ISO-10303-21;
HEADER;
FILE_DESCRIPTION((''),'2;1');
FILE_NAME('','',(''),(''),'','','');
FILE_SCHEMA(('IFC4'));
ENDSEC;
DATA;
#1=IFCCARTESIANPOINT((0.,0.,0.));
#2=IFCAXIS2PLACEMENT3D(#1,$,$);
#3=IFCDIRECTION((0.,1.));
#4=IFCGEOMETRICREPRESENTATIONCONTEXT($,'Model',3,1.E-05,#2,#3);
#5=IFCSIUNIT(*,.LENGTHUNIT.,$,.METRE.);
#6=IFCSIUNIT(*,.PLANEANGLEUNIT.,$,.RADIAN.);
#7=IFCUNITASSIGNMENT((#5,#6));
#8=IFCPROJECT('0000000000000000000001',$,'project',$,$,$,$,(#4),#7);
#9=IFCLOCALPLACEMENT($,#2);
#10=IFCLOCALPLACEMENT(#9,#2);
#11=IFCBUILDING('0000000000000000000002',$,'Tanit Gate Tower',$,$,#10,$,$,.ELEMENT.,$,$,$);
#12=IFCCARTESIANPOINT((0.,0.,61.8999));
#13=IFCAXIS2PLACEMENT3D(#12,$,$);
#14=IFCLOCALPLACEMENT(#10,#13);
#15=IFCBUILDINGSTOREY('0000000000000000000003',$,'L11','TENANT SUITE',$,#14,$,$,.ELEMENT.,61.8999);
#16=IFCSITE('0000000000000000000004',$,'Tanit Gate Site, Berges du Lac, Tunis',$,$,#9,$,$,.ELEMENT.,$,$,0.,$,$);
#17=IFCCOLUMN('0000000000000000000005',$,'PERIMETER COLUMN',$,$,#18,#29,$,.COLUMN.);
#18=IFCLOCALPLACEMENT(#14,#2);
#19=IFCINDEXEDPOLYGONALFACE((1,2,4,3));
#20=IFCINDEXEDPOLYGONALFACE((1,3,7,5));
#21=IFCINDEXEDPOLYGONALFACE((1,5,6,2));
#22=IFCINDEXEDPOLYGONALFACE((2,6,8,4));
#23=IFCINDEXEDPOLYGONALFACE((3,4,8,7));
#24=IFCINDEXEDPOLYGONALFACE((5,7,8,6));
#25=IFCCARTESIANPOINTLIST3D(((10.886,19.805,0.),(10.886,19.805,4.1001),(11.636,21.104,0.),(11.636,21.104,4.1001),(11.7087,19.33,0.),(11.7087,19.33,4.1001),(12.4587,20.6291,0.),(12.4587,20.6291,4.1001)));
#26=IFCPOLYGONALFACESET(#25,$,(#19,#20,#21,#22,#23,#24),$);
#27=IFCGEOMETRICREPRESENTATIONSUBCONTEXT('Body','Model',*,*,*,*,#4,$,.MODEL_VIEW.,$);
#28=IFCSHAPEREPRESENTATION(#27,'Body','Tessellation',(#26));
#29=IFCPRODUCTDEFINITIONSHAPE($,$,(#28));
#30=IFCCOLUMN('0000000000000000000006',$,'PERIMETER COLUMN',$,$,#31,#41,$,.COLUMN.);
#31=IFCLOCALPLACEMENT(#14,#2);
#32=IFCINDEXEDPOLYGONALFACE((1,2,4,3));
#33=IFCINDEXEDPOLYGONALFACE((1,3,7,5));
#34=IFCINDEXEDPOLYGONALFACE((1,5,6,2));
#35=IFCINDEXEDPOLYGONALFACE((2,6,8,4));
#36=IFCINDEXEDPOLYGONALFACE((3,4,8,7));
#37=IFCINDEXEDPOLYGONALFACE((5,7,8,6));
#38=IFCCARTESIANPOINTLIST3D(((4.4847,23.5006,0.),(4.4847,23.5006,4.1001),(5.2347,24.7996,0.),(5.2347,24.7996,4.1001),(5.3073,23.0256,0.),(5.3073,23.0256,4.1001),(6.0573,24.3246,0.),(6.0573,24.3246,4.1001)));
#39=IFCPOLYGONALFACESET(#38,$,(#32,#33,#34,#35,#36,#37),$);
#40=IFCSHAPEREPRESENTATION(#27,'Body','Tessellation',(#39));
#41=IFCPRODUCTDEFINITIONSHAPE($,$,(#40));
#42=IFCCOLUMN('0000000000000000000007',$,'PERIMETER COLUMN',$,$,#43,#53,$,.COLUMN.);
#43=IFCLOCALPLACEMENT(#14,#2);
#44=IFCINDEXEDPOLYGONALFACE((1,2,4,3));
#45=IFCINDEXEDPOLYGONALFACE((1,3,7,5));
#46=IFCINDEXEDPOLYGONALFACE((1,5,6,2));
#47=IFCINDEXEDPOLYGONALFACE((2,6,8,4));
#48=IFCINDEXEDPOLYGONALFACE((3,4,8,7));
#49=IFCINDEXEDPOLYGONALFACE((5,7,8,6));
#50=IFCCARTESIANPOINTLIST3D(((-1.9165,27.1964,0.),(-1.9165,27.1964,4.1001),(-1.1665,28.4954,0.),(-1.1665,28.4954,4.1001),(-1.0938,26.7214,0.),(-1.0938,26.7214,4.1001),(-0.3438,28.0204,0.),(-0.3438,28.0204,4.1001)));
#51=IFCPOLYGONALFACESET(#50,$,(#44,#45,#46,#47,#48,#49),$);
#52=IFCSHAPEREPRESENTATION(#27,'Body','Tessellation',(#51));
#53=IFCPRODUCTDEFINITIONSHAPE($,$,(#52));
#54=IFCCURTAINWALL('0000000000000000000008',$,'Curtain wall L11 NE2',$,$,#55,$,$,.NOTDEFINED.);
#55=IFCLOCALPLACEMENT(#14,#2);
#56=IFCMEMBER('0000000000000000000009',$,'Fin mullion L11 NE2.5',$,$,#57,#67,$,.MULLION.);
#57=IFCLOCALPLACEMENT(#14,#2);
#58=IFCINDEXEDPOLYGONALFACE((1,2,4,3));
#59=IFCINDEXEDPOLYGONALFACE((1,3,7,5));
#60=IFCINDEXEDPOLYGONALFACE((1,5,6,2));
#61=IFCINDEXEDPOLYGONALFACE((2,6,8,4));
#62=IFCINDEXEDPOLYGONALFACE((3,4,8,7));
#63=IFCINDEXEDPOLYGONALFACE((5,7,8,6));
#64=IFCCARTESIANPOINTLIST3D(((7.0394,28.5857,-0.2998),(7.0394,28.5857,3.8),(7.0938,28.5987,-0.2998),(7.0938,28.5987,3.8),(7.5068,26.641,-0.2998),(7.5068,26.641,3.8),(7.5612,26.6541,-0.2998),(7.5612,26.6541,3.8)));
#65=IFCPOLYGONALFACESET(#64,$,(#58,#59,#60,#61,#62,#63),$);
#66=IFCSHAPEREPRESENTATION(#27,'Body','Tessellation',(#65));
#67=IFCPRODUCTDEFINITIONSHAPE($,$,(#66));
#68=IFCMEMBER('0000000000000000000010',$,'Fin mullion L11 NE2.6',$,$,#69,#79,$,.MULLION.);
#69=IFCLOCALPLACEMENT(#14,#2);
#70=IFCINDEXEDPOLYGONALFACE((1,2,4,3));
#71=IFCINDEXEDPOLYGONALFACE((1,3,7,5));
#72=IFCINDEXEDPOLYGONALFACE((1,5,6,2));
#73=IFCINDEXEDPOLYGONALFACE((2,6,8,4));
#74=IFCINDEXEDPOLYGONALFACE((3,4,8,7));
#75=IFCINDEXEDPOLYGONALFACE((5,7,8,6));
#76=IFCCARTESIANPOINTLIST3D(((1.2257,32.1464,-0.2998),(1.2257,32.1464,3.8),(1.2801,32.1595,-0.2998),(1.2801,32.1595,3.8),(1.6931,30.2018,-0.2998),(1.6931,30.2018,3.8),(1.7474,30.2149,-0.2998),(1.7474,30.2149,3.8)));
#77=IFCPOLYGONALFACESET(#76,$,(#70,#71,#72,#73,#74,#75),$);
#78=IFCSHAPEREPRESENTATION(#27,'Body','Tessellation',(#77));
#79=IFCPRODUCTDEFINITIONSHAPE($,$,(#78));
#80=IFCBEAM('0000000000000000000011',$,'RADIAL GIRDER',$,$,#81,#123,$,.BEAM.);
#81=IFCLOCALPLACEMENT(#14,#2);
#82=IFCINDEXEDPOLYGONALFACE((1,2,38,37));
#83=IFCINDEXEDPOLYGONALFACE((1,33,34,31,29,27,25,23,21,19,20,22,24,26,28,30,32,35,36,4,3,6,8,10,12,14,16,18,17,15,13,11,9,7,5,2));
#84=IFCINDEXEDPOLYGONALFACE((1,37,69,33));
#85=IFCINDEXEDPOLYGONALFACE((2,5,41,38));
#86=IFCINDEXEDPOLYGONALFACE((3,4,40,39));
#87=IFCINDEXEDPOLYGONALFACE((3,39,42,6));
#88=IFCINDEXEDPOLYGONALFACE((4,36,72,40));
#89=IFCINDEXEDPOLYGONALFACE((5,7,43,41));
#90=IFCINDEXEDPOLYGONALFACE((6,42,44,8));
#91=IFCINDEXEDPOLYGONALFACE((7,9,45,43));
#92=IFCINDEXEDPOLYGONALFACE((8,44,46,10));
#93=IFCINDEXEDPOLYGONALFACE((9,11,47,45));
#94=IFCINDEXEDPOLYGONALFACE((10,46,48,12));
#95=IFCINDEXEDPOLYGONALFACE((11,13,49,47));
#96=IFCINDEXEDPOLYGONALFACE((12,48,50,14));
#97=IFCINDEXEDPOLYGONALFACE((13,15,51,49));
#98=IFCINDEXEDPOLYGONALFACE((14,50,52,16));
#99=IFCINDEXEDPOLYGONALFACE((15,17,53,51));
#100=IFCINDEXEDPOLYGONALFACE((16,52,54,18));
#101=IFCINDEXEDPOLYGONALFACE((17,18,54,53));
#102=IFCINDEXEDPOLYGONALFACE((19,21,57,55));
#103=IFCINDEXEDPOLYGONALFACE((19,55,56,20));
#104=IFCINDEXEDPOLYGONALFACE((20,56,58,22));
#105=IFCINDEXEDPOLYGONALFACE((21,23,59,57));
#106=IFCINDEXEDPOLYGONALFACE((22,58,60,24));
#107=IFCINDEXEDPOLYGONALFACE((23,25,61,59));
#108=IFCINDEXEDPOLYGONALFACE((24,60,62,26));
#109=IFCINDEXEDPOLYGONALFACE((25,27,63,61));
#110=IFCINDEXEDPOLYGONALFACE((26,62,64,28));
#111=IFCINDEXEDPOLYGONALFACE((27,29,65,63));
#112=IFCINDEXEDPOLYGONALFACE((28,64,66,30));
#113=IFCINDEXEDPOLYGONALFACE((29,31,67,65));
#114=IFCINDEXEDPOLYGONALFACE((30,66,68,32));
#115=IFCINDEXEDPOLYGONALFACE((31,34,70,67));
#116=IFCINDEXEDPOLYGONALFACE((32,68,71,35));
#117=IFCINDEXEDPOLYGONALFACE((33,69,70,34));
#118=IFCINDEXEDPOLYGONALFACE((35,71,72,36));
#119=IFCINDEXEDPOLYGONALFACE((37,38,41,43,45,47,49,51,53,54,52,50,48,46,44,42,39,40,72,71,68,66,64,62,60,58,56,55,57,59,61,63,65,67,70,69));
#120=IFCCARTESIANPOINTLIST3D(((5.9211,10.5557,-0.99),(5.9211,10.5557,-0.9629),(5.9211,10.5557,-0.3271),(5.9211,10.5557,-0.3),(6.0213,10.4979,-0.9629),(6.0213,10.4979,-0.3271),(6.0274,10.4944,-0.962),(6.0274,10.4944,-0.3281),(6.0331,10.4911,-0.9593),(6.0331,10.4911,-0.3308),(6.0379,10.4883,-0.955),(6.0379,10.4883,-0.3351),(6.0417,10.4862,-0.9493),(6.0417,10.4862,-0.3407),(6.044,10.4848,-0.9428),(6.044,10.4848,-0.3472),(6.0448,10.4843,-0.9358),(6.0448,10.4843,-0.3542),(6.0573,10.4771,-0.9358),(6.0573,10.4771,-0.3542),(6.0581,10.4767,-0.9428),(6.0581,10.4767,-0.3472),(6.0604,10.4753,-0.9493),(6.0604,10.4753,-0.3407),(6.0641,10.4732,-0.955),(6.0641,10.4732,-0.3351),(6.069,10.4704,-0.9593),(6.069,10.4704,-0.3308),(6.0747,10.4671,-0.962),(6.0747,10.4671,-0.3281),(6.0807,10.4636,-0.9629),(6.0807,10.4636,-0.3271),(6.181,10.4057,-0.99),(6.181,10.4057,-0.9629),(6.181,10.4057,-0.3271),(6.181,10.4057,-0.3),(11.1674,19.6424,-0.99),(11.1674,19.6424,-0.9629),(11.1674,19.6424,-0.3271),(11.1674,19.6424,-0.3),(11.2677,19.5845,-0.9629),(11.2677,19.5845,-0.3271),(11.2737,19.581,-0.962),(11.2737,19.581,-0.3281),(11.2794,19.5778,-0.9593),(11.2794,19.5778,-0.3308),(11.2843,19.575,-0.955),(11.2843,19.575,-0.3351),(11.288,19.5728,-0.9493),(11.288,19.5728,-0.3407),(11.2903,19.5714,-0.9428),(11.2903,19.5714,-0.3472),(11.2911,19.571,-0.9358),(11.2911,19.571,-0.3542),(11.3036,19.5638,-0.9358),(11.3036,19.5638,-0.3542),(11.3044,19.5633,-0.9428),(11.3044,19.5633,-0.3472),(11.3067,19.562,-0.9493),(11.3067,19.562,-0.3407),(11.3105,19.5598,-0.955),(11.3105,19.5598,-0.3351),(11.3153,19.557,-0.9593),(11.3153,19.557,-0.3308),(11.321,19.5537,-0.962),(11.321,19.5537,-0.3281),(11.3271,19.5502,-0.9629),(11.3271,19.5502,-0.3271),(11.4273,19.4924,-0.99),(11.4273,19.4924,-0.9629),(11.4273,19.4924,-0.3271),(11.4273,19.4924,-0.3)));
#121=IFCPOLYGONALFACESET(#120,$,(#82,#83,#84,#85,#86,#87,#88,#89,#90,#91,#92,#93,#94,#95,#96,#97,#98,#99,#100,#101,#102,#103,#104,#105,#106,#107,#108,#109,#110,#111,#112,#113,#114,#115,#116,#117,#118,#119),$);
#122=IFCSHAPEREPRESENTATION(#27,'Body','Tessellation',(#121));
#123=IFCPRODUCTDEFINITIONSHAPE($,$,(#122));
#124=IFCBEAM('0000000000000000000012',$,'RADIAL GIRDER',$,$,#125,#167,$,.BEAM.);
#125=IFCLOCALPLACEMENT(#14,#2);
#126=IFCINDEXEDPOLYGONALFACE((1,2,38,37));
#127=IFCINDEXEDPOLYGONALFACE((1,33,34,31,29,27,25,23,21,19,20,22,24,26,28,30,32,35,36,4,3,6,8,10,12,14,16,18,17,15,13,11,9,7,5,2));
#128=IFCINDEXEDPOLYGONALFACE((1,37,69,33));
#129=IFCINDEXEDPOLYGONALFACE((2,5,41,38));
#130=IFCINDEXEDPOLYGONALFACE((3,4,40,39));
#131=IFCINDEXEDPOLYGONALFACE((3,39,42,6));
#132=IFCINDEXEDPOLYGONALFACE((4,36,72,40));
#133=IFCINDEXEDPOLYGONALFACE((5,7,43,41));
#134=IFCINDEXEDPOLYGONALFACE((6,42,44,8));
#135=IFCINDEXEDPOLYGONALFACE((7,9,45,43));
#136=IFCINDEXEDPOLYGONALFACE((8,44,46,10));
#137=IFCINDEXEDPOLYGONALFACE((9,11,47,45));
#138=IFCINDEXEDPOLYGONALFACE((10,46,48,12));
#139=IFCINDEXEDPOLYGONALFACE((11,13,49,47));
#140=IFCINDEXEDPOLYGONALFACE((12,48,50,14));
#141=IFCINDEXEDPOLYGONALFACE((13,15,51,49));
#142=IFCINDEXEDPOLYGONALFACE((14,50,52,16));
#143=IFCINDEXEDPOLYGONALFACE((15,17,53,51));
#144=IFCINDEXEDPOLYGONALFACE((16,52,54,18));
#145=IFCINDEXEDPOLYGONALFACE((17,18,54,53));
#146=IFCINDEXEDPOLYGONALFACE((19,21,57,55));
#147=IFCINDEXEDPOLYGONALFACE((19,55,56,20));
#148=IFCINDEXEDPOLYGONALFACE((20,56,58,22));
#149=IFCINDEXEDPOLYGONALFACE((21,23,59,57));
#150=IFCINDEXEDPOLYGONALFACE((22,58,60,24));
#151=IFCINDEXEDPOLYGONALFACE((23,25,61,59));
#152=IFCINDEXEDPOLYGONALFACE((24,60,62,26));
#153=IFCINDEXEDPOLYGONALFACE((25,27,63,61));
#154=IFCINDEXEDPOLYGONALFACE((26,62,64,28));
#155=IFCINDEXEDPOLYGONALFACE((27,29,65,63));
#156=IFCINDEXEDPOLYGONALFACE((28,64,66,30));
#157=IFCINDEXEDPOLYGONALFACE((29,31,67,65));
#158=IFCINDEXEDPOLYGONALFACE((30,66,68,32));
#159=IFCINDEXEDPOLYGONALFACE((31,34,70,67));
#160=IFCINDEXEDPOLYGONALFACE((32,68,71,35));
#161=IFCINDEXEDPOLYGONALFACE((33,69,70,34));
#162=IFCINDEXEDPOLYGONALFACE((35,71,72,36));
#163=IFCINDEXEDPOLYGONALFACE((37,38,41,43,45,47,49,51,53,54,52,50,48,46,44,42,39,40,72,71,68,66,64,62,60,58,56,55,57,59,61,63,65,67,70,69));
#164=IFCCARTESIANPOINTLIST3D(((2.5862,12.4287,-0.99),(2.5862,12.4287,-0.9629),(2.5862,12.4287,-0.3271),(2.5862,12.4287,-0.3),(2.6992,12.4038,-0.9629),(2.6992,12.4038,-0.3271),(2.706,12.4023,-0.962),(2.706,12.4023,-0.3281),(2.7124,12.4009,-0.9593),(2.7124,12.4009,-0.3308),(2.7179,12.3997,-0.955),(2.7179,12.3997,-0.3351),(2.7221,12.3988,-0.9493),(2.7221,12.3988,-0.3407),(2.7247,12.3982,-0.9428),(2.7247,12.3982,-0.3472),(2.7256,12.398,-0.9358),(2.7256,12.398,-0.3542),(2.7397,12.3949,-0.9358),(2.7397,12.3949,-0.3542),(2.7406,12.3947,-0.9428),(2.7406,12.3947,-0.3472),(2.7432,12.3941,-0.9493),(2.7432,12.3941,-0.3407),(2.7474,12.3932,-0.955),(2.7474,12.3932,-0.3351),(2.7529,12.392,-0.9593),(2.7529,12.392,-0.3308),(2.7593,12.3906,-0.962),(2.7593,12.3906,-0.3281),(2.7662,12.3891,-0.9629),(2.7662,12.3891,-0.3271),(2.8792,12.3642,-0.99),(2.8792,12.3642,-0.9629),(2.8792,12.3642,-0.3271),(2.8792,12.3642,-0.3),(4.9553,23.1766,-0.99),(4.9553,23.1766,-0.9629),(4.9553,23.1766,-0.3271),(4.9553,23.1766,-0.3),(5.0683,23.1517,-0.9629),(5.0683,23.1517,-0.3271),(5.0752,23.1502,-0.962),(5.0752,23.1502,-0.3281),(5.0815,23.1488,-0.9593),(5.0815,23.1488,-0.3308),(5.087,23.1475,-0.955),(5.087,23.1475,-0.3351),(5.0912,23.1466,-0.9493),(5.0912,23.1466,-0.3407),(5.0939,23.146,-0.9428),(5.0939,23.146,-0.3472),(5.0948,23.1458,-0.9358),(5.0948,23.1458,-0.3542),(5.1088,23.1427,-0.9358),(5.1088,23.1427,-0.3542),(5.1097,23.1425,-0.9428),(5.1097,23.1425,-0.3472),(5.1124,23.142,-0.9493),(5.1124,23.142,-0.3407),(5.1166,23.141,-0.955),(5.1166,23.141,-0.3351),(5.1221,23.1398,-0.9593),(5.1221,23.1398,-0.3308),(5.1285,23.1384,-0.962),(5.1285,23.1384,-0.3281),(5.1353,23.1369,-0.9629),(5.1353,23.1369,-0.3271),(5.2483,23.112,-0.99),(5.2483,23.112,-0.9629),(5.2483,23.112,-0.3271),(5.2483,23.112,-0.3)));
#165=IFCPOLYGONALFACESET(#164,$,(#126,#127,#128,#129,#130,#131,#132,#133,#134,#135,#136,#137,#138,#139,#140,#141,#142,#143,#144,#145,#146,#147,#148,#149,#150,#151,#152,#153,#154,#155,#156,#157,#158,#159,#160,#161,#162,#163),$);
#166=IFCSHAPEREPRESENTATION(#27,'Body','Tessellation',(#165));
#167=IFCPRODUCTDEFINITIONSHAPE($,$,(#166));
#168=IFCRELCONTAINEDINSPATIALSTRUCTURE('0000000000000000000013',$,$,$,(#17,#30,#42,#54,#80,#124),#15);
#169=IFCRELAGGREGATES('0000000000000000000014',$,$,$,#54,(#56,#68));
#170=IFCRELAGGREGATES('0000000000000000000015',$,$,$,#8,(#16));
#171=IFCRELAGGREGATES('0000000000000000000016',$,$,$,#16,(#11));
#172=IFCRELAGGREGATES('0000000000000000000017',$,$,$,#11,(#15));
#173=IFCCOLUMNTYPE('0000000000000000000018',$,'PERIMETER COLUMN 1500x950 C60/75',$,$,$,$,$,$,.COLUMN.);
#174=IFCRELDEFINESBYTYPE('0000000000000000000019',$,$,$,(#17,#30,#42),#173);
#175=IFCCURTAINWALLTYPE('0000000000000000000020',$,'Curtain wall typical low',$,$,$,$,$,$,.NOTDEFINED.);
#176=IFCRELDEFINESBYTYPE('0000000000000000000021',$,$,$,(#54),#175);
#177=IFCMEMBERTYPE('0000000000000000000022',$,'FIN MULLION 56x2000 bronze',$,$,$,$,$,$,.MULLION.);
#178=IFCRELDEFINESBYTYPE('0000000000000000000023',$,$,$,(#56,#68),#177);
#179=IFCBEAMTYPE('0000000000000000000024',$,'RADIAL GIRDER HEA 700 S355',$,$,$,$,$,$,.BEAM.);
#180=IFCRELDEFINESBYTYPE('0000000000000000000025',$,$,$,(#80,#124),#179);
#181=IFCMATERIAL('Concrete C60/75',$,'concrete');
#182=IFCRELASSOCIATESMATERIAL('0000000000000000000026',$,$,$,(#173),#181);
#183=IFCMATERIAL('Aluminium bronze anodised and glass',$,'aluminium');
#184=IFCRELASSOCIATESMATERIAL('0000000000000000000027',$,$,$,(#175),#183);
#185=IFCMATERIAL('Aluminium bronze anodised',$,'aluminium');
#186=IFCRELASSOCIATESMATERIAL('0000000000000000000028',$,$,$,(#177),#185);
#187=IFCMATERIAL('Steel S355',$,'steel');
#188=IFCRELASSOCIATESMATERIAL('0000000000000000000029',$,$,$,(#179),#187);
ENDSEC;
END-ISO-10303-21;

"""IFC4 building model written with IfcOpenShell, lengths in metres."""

from ifc_helpers import new_model, si_unit, direction, frame, origin, origin_2d, place, context, subcontext, project, spatial, rectangle, i_section, extrude, material, material_profile, profile_set, type_object, element, aggregate, save


model = new_model("IFC4")

# Units and contexts
model_context = context("Model", 3, precision=1e-05, world=origin(), true_north=direction((0.0, 1.0)))
body_context = subcontext(model_context, "Body", "Model", "MODEL_VIEW")
ifc_project = project(units=[si_unit("LENGTHUNIT", "METRE"), si_unit("PLANEANGLEUNIT", "RADIAN")], contexts=[model_context])

# Site, building, storey
site_placement = place(None, origin())
site = spatial("IfcSite", under=ifc_project, at=site_placement, Name="Tanit Gate Site, Berges du Lac, Tunis", CompositionType="ELEMENT", RefElevation=0.0)
building_placement = place(site_placement, origin())
building = spatial("IfcBuilding", under=site, at=building_placement, Name="Tanit Gate Tower", CompositionType="ELEMENT")
storey_placement = place(building_placement, frame((0.0, 0.0, 61.8999)))
storey = spatial("IfcBuildingStorey", under=building, at=storey_placement, Name="L11", Description="TENANT SUITE", CompositionType="ELEMENT", Elevation=61.8999)

# Columns
ifc_material_1 = material(Name="Concrete C60/75", Category="concrete")
ifc_material_profile_1 = material_profile(ifc_material_1, rectangle(XDim=1.5, YDim=0.95, at=origin_2d()), Name="RC 1500x950")
ifc_profile_set_1 = profile_set([ifc_material_profile_1], Name="Concrete C60/75")
column_type = type_object("IfcColumnType", Name="PERIMETER COLUMN 1500x950 C60/75", PredefinedType="COLUMN", material=ifc_profile_set_1)
for number, where, z_axis, x_axis, name in (
    (1, (11.6724, 20.217, 0.0), (0.0, 0.0, 1.0), (0.5, 0.866025, 0.0), "PERIMETER COLUMN"),
    (2, (5.271, 23.9126, 0.0), (0.0, 0.0, 1.0), (0.5, 0.866025, 0.0), "PERIMETER COLUMN"),
    (3, (-1.1301, 27.6084, 0.0), (0.0, 0.0, 1.0), (0.5, 0.866025, 0.0), "PERIMETER COLUMN"),
):
    element("IfcColumn", number, at=place(storey_placement, frame(where, z_axis=z_axis, x_axis=x_axis)), inside=storey, type_object=column_type, Name=name, PredefinedType="COLUMN", context=body_context, shape_type="SweptSolid", body=[
        extrude(rectangle(XDim=1.5, YDim=0.95, at=origin_2d()), origin(), (0.0, 0.0, 1.0), 4.1001),
    ])

# Curtain wall, members
ifc_material_2 = material(Name="Aluminium bronze anodised and glass", Category="aluminium")
curtain_wall_type = type_object("IfcCurtainWallType", Name="Curtain wall typical low", PredefinedType="NOTDEFINED", material=ifc_material_2)
curtain_wall_placement = place(storey_placement, origin())
curtain_wall = element("IfcCurtainWall", 4, at=curtain_wall_placement, inside=storey, type_object=curtain_wall_type, Name="Curtain wall L11 NE2", PredefinedType="NOTDEFINED")
ifc_material_3 = material(Name="Aluminium bronze anodised", Category="aluminium")
ifc_material_profile_2 = material_profile(ifc_material_3, rectangle(XDim=2.0, YDim=0.0559, at=origin_2d()), Name="56x2000 bronze fin mullion")
ifc_profile_set_2 = profile_set([ifc_material_profile_2], Name="Aluminium bronze anodised")
member_type_1 = type_object("IfcMemberType", Name="FIN MULLION 56x2000 bronze", PredefinedType="MULLION", material=ifc_profile_set_2)
member_1_placement = place(storey_placement, frame((7.3003, 27.6199, -0.2998), z_axis=(0.0, 0.0, 1.0), x_axis=(0.233691, -0.972311, 0.0)))
member_1 = element("IfcMember", 5, at=member_1_placement, type_object=member_type_1, Name="Fin mullion L11 NE2.5", PredefinedType="MULLION", context=body_context, shape_type="SweptSolid", body=[
    extrude(rectangle(XDim=2.0, YDim=0.0559, at=origin_2d()), origin(), (0.0, 0.0, 1.0), 4.0999),
])
member_2_placement = place(storey_placement, frame((1.4866, 31.1807, -0.2998), z_axis=(0.0, 0.0, 1.0), x_axis=(0.233691, -0.972311, 0.0)))
member_2 = element("IfcMember", 6, at=member_2_placement, type_object=member_type_1, Name="Fin mullion L11 NE2.6", PredefinedType="MULLION", context=body_context, shape_type="SweptSolid", body=[
    extrude(rectangle(XDim=2.0, YDim=0.0559, at=origin_2d()), origin(), (0.0, 0.0, 1.0), 4.0999),
])

# Beams
ifc_material_4 = material(Name="Steel S355", Category="steel")
ifc_material_profile_3 = material_profile(ifc_material_4, i_section(OverallWidth=0.3, OverallDepth=0.6899, WebThickness=0.0144, FlangeThickness=0.0271, FilletRadius=0.0271, at=origin_2d()), Name="HEA 700")
ifc_profile_set_3 = profile_set([ifc_material_profile_3], Name="Steel S355")
beam_type = type_object("IfcBeamType", Name="RADIAL GIRDER HEA 700 S355", PredefinedType="BEAM", material=ifc_profile_set_3)
beam_1_placement = place(storey_placement, frame((11.2974, 19.5674, -0.645), z_axis=(-0.50001, -0.866019, 0.0), x_axis=(0.866019, -0.50001, 0.0)))
element("IfcBeam", 7, at=beam_1_placement, inside=storey, type_object=beam_type, Name="RADIAL GIRDER", PredefinedType="BEAM", context=body_context, shape_type="SweptSolid", body=[
    extrude(i_section(OverallWidth=0.3, OverallDepth=0.6899, WebThickness=0.0144, FlangeThickness=0.0271, FilletRadius=0.0271, at=origin_2d()), origin(), (0.0, 0.0, 1.0), 10.4924),
])
beam_2_placement = place(storey_placement, frame((5.1018, 23.1443, -0.645), z_axis=(-0.215263, -0.976556, 0.0), x_axis=(0.976556, -0.215263, 0.0)))
element("IfcBeam", 8, at=beam_2_placement, inside=storey, type_object=beam_type, Name="RADIAL GIRDER", PredefinedType="BEAM", context=body_context, shape_type="SweptSolid", body=[
    extrude(i_section(OverallWidth=0.3, OverallDepth=0.6899, WebThickness=0.0144, FlangeThickness=0.0271, FilletRadius=0.0271, at=origin_2d()), origin(), (0.0, 0.0, 1.0), 11.0059),
])

aggregate(curtain_wall, [member_1, member_2])

save(model, "model.ifc")
